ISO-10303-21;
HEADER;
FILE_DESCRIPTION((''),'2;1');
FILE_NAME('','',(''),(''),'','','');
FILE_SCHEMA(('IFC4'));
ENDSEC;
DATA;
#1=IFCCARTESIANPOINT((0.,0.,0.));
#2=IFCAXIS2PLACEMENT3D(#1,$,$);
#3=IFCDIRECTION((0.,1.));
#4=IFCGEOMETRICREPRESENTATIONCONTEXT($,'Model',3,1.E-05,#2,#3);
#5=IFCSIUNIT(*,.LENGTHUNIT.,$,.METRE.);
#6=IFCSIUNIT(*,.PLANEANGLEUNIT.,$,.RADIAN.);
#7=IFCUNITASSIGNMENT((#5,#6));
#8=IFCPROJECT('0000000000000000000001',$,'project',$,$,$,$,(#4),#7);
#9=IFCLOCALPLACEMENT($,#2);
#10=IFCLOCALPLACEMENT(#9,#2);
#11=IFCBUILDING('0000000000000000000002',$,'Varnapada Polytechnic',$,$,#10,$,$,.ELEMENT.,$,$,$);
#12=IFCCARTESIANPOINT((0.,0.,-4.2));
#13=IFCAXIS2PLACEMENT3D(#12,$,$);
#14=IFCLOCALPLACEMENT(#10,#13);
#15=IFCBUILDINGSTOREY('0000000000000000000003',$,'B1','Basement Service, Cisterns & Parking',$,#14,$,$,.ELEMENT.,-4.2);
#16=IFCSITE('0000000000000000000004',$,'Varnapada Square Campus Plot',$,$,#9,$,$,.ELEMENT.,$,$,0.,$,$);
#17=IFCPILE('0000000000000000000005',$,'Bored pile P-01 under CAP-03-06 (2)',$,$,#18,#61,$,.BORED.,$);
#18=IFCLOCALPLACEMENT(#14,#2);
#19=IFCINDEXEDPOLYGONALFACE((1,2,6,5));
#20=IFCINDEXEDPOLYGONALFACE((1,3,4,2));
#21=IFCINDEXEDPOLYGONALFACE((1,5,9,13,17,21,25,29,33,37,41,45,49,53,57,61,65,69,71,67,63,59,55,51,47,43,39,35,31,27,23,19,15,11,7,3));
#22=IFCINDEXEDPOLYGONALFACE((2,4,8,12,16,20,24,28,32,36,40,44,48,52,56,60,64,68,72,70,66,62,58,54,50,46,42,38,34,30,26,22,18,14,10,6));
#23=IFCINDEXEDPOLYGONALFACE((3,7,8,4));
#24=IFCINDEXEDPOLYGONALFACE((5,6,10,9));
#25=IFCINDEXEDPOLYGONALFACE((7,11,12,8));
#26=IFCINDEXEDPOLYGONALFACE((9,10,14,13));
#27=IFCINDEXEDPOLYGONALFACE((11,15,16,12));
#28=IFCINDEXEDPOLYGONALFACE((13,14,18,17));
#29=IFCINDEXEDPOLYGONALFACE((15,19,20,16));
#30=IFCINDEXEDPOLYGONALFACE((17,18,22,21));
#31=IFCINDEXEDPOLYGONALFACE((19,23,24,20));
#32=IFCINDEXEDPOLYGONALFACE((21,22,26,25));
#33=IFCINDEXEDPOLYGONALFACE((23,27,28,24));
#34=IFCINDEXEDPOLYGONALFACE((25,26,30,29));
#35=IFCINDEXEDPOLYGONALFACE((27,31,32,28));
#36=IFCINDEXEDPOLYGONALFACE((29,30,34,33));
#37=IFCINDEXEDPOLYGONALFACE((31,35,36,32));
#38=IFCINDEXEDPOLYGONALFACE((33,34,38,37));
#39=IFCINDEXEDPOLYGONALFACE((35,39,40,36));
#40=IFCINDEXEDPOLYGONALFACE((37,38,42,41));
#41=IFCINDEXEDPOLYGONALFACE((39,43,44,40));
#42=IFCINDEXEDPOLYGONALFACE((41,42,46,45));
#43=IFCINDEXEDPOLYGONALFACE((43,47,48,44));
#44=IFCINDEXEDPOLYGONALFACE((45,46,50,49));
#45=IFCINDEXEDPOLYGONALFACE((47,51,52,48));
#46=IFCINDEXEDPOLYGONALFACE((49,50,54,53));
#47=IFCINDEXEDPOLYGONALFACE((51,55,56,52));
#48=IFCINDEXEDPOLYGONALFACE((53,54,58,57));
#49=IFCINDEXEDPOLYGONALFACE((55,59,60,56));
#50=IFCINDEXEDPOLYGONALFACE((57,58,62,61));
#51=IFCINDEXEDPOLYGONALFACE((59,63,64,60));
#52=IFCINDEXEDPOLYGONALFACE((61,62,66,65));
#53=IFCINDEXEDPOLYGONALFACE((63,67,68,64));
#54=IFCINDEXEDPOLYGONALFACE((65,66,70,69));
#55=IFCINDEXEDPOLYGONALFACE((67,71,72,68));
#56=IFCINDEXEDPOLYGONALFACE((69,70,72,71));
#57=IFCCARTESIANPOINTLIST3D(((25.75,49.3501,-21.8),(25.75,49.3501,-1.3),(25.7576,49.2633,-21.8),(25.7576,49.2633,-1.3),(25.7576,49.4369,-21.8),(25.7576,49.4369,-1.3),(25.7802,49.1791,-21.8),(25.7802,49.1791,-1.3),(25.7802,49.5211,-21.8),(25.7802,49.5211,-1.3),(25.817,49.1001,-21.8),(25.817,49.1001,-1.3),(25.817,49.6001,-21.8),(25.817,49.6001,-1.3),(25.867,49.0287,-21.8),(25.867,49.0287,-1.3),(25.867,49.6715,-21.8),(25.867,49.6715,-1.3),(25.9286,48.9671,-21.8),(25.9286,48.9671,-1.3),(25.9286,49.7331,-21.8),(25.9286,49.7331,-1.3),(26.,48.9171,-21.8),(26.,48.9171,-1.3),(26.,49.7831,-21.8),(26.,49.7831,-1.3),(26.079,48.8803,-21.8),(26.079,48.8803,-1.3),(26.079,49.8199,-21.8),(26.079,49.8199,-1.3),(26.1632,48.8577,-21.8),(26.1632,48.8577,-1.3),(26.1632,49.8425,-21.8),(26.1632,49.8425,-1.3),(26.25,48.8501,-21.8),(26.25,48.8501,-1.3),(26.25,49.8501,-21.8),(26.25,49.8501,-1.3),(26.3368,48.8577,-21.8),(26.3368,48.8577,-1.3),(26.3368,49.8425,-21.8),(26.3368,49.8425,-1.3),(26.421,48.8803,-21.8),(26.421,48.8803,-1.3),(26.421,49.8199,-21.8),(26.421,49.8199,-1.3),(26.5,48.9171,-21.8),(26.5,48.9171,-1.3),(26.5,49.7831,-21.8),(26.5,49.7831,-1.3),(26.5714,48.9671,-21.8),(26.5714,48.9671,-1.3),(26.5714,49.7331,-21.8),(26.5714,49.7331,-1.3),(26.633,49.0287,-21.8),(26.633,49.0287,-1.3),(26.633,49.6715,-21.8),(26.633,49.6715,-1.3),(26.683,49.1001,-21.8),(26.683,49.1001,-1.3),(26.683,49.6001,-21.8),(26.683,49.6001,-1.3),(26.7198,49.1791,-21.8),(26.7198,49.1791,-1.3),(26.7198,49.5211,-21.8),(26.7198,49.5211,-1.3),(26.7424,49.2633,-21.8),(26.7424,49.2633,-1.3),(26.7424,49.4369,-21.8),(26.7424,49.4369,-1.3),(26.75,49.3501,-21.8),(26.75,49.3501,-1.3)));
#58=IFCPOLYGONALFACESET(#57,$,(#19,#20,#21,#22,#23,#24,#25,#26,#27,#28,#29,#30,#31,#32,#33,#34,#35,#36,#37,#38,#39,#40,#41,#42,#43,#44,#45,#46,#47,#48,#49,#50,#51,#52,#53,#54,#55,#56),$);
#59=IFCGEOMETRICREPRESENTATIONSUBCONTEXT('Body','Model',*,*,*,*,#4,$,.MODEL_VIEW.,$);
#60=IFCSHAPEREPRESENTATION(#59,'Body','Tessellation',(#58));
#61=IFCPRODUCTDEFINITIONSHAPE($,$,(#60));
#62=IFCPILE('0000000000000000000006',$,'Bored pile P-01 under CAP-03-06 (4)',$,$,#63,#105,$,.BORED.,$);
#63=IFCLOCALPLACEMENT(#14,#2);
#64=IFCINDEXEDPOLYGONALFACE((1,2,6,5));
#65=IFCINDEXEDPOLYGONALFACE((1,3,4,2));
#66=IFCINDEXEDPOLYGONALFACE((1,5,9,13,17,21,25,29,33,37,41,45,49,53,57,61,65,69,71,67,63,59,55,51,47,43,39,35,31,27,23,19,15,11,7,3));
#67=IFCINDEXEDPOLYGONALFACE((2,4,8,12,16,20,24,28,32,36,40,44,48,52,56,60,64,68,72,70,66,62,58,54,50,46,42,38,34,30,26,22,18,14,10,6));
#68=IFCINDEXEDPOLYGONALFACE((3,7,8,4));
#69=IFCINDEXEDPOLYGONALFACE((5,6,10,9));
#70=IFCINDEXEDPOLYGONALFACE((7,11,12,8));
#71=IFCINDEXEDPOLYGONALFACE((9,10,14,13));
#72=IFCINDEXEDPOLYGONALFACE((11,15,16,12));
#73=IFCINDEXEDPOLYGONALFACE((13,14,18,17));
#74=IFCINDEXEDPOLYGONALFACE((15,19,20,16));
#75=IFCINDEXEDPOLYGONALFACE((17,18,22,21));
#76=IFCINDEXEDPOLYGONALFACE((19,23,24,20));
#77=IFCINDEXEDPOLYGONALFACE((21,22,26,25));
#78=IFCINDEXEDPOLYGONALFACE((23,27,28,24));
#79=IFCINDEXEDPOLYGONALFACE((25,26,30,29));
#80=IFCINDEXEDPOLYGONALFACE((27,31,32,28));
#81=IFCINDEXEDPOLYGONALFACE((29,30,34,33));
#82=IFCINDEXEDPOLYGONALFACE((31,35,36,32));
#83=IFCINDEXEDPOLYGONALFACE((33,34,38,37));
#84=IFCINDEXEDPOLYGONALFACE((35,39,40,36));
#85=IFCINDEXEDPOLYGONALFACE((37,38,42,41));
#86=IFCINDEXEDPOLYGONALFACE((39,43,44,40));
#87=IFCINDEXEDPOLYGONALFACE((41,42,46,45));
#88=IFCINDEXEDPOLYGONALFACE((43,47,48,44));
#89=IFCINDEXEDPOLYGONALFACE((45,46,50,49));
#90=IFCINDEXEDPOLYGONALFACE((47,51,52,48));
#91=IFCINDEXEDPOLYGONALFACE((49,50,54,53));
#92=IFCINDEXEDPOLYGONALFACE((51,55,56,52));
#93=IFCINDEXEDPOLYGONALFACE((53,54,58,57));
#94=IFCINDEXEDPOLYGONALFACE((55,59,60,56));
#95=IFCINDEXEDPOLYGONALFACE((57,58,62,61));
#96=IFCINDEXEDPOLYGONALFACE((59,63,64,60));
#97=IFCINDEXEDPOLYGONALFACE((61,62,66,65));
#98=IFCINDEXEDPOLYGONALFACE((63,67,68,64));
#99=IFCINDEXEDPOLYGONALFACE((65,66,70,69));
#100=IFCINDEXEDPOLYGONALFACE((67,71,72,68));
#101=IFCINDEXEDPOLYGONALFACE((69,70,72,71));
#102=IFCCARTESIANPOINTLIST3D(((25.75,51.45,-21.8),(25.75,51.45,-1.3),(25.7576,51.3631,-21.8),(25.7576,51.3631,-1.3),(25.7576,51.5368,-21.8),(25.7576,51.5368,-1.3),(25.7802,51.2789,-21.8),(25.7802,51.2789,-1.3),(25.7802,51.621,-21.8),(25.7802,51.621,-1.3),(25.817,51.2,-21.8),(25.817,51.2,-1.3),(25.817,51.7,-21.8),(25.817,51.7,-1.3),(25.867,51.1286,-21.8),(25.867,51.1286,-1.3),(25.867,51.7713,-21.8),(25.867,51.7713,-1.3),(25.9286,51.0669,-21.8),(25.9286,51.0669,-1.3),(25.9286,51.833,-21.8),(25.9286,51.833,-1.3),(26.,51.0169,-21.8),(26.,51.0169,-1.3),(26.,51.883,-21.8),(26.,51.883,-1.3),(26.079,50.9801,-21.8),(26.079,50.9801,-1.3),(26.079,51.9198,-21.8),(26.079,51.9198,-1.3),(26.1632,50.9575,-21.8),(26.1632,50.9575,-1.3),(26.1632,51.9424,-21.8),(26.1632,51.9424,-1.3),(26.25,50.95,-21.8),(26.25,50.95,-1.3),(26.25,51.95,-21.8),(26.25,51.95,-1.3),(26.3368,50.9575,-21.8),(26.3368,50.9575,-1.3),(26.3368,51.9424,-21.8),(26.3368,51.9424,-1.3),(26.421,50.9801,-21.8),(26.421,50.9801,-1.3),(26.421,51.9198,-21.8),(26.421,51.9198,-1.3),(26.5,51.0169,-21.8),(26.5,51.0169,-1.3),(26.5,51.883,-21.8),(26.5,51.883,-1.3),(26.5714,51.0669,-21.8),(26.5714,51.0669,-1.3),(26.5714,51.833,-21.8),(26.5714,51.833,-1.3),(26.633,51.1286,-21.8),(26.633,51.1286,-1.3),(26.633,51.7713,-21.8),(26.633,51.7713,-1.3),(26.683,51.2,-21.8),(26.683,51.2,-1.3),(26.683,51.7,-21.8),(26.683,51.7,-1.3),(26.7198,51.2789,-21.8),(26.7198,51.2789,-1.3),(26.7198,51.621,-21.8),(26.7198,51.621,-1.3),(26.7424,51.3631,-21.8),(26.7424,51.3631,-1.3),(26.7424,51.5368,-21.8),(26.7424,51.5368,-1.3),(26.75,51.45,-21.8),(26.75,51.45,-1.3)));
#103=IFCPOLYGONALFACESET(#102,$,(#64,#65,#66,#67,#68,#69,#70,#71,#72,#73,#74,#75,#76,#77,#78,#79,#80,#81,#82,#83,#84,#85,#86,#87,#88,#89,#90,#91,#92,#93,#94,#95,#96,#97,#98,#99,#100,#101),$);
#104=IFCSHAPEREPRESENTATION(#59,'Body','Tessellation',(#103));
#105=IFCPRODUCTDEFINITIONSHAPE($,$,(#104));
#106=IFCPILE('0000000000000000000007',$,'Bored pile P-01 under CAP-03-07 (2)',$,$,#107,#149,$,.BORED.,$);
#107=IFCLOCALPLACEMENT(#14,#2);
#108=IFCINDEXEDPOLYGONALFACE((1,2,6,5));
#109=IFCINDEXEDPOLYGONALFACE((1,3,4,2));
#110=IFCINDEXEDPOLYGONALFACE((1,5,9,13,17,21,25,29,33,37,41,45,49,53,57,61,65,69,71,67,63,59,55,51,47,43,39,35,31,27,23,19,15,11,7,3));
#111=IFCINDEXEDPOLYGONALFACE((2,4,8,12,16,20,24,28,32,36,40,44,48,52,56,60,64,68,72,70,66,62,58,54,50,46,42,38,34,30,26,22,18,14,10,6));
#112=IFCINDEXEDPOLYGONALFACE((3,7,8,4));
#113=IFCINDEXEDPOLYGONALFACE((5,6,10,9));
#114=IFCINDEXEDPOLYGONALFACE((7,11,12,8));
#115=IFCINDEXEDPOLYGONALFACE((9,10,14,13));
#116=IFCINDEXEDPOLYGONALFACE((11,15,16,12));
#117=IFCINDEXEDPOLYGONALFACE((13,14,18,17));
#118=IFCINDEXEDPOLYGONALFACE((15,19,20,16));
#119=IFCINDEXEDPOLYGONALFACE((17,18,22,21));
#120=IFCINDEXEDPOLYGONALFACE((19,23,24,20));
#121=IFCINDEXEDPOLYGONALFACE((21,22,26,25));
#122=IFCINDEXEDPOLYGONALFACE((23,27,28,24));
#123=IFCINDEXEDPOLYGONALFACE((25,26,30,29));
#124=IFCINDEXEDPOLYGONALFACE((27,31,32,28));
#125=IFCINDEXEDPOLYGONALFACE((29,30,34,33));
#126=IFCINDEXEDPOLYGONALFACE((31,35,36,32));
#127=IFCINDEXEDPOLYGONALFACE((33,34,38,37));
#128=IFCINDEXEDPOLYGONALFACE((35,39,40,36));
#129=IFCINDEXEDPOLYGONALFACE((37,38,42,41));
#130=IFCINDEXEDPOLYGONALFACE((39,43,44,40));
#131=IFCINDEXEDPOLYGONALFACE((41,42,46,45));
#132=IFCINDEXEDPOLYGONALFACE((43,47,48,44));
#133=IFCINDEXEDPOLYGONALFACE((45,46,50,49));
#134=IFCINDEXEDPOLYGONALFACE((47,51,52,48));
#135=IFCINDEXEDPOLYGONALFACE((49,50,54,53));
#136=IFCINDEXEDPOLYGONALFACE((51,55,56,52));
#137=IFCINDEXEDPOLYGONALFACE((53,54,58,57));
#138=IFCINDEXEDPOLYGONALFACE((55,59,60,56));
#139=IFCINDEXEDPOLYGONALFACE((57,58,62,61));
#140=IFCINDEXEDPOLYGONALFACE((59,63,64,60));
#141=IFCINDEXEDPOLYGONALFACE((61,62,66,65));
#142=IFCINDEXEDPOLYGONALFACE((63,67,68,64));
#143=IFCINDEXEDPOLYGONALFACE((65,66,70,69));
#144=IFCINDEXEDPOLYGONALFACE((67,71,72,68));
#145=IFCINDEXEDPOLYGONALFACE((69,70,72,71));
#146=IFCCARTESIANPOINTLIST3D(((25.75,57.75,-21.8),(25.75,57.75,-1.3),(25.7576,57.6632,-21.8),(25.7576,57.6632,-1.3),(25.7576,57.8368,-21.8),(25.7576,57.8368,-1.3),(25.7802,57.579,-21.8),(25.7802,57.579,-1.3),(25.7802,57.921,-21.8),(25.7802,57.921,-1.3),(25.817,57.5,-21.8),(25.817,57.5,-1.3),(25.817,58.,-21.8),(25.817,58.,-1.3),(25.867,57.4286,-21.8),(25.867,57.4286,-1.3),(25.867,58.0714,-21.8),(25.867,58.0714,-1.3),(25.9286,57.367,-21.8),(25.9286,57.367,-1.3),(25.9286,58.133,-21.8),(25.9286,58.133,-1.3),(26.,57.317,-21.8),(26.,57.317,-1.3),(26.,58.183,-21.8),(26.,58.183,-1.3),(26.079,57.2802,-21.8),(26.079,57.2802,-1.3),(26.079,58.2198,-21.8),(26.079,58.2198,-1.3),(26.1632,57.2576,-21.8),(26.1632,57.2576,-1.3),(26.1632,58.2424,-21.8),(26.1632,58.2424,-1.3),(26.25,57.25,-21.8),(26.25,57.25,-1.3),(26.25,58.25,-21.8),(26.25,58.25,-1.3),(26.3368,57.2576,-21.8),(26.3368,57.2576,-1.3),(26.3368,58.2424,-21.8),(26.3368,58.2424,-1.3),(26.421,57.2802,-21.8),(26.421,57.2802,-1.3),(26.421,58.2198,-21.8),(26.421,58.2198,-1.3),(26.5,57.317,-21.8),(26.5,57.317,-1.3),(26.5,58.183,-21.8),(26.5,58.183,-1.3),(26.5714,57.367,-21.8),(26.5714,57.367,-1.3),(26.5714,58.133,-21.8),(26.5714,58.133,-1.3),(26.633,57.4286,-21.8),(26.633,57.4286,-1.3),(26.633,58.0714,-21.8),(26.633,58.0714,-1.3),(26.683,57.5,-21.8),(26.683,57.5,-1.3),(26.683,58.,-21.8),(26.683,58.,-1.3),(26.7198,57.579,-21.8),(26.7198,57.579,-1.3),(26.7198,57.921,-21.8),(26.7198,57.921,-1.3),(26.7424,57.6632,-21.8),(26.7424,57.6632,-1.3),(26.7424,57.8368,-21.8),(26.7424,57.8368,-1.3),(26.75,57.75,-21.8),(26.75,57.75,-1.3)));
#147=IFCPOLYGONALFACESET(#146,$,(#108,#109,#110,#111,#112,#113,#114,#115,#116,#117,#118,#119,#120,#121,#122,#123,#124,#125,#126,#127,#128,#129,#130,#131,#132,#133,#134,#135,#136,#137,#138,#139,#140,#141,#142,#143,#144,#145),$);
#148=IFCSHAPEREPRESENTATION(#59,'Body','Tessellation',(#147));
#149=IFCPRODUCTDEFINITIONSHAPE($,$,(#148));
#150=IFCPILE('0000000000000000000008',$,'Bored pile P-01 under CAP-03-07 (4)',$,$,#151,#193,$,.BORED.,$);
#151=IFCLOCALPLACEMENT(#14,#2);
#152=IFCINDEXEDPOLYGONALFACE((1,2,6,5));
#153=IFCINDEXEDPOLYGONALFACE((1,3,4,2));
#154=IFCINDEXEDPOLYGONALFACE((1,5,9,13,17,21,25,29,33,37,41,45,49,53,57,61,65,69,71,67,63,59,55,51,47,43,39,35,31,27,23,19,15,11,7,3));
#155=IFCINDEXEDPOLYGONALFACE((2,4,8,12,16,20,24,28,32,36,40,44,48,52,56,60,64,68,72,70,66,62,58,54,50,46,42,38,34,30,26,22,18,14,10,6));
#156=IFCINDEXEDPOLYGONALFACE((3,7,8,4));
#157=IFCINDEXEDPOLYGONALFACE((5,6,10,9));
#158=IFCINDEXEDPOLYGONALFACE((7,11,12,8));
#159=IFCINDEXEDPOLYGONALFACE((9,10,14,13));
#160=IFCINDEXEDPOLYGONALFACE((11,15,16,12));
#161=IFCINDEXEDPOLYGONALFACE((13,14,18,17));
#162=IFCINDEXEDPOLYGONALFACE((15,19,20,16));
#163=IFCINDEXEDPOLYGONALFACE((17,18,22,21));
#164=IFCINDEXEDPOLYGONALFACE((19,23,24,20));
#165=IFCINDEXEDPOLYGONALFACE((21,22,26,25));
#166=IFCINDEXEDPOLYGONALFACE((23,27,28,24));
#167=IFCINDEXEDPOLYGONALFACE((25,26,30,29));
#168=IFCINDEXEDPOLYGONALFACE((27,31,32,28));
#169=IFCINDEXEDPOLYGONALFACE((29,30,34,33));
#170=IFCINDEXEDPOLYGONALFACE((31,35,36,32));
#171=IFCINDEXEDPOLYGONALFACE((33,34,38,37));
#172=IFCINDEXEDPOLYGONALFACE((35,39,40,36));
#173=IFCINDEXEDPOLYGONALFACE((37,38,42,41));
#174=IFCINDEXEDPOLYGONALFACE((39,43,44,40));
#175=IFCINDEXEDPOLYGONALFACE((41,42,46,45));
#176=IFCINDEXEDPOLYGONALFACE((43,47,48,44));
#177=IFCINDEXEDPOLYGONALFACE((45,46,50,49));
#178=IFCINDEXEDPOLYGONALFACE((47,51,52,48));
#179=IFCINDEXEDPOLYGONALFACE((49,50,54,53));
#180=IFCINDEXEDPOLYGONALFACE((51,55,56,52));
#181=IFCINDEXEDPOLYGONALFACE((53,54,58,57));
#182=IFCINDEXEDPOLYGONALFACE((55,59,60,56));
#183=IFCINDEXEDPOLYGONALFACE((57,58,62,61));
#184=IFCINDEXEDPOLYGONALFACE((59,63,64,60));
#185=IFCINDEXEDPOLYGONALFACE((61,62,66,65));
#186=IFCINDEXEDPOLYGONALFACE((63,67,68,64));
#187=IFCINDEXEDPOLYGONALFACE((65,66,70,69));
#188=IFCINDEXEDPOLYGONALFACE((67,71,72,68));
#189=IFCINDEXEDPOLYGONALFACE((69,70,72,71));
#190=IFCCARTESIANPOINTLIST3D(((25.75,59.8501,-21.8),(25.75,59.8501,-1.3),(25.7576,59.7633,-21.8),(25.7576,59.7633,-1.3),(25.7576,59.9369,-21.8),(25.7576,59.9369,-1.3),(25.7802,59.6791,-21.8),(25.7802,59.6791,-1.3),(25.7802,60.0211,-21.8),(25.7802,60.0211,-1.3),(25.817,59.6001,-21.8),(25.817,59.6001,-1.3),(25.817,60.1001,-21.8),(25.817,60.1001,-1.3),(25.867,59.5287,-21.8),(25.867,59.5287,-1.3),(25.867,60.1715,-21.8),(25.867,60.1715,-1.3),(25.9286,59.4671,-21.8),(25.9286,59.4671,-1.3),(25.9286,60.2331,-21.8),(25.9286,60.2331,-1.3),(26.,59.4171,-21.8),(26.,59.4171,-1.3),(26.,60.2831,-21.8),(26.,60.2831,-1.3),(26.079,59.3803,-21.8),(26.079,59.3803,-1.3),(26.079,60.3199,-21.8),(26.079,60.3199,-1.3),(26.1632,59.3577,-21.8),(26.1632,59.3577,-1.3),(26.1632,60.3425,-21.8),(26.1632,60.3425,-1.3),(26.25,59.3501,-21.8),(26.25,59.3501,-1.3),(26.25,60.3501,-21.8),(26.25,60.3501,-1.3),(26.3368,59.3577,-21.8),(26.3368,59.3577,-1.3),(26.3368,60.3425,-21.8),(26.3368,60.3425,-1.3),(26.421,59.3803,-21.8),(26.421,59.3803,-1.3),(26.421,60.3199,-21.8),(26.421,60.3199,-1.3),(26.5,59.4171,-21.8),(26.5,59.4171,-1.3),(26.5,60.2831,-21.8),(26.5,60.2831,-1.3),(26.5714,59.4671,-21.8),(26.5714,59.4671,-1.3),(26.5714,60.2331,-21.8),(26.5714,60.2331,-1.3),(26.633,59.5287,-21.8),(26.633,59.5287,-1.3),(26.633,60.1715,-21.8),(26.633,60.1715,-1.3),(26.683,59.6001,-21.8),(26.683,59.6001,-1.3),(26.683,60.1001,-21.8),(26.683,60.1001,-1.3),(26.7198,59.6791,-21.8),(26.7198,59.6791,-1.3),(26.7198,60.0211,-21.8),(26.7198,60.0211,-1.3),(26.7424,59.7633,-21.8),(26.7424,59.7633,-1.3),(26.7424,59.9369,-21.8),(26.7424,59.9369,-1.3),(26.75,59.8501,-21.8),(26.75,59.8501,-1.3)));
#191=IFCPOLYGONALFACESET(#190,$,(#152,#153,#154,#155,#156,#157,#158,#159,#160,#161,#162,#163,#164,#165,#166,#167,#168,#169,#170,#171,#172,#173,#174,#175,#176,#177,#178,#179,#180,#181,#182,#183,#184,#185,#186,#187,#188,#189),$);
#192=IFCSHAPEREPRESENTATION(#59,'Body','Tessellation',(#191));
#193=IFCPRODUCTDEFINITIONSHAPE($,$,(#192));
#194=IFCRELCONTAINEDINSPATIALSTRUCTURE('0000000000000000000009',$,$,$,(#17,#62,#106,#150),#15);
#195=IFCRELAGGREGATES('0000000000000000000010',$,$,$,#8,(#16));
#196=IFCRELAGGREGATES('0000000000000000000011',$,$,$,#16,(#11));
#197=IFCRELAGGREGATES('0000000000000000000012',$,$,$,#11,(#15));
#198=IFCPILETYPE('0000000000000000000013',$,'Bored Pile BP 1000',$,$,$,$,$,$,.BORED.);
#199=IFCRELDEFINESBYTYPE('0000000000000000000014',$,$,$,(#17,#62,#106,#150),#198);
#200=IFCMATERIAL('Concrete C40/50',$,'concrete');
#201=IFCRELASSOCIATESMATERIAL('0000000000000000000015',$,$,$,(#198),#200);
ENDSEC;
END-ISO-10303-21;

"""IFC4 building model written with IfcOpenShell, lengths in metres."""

from ifc_helpers import new_model, si_unit, direction, frame, origin, origin_2d, place, context, subcontext, project, spatial, circle, extrude, material, material_profile, profile_set, type_object, element, save


model = new_model("IFC4")

# Units and contexts
model_context = context("Model", 3, precision=1e-05, world=origin(), true_north=direction((0.0, 1.0)))
body_context = subcontext(model_context, "Body", "Model", "MODEL_VIEW")
ifc_project = project(units=[si_unit("LENGTHUNIT", "METRE"), si_unit("PLANEANGLEUNIT", "RADIAN")], contexts=[model_context])

# Site, building, storey
site_placement = place(None, origin())
site = spatial("IfcSite", under=ifc_project, at=site_placement, Name="Varnapada Square Campus Plot", CompositionType="ELEMENT", RefElevation=0.0)
building_placement = place(site_placement, origin())
building = spatial("IfcBuilding", under=site, at=building_placement, Name="Varnapada Polytechnic", CompositionType="ELEMENT")
storey_placement = place(building_placement, frame((0.0, 0.0, -4.2)))
storey = spatial("IfcBuildingStorey", under=building, at=storey_placement, Name="B1", Description="Basement Service, Cisterns & Parking", CompositionType="ELEMENT", Elevation=-4.2)

# Piles
ifc_material_1 = material(Name="Concrete C40/50", Category="concrete")
ifc_material_profile_1 = material_profile(ifc_material_1, circle(Radius=0.5, at=origin_2d()), Name="BP 1000")
ifc_profile_set_1 = profile_set([ifc_material_profile_1], Name="Concrete C40/50")
pile_type_1 = type_object("IfcPileType", Name="Bored Pile BP 1000", PredefinedType="BORED", material=ifc_profile_set_1)
for number, where, z_axis, x_axis, name in (
    (1, (26.25, 49.3501, -1.3), (0.0, 0.0, -1.0), (1.0, 0.0, 0.0), "Bored pile P-01 under CAP-03-06 (2)"),
    (2, (26.25, 51.45, -1.3), (0.0, 0.0, -1.0), (1.0, 0.0, 0.0), "Bored pile P-01 under CAP-03-06 (4)"),
    (3, (26.25, 57.75, -1.3), (0.0, 0.0, -1.0), (1.0, 0.0, 0.0), "Bored pile P-01 under CAP-03-07 (2)"),
    (4, (26.25, 59.8501, -1.3), (0.0, 0.0, -1.0), (1.0, 0.0, 0.0), "Bored pile P-01 under CAP-03-07 (4)"),
):
    element("IfcPile", number, at=place(storey_placement, frame(where, z_axis=z_axis, x_axis=x_axis)), inside=storey, type_object=pile_type_1, Name=name, PredefinedType="BORED", context=body_context, shape_type="SweptSolid", body=[
        extrude(circle(Radius=0.5, at=origin_2d()), origin(), (0.0, 0.0, 1.0), 20.5),
    ])

save(model, "model.ifc")
